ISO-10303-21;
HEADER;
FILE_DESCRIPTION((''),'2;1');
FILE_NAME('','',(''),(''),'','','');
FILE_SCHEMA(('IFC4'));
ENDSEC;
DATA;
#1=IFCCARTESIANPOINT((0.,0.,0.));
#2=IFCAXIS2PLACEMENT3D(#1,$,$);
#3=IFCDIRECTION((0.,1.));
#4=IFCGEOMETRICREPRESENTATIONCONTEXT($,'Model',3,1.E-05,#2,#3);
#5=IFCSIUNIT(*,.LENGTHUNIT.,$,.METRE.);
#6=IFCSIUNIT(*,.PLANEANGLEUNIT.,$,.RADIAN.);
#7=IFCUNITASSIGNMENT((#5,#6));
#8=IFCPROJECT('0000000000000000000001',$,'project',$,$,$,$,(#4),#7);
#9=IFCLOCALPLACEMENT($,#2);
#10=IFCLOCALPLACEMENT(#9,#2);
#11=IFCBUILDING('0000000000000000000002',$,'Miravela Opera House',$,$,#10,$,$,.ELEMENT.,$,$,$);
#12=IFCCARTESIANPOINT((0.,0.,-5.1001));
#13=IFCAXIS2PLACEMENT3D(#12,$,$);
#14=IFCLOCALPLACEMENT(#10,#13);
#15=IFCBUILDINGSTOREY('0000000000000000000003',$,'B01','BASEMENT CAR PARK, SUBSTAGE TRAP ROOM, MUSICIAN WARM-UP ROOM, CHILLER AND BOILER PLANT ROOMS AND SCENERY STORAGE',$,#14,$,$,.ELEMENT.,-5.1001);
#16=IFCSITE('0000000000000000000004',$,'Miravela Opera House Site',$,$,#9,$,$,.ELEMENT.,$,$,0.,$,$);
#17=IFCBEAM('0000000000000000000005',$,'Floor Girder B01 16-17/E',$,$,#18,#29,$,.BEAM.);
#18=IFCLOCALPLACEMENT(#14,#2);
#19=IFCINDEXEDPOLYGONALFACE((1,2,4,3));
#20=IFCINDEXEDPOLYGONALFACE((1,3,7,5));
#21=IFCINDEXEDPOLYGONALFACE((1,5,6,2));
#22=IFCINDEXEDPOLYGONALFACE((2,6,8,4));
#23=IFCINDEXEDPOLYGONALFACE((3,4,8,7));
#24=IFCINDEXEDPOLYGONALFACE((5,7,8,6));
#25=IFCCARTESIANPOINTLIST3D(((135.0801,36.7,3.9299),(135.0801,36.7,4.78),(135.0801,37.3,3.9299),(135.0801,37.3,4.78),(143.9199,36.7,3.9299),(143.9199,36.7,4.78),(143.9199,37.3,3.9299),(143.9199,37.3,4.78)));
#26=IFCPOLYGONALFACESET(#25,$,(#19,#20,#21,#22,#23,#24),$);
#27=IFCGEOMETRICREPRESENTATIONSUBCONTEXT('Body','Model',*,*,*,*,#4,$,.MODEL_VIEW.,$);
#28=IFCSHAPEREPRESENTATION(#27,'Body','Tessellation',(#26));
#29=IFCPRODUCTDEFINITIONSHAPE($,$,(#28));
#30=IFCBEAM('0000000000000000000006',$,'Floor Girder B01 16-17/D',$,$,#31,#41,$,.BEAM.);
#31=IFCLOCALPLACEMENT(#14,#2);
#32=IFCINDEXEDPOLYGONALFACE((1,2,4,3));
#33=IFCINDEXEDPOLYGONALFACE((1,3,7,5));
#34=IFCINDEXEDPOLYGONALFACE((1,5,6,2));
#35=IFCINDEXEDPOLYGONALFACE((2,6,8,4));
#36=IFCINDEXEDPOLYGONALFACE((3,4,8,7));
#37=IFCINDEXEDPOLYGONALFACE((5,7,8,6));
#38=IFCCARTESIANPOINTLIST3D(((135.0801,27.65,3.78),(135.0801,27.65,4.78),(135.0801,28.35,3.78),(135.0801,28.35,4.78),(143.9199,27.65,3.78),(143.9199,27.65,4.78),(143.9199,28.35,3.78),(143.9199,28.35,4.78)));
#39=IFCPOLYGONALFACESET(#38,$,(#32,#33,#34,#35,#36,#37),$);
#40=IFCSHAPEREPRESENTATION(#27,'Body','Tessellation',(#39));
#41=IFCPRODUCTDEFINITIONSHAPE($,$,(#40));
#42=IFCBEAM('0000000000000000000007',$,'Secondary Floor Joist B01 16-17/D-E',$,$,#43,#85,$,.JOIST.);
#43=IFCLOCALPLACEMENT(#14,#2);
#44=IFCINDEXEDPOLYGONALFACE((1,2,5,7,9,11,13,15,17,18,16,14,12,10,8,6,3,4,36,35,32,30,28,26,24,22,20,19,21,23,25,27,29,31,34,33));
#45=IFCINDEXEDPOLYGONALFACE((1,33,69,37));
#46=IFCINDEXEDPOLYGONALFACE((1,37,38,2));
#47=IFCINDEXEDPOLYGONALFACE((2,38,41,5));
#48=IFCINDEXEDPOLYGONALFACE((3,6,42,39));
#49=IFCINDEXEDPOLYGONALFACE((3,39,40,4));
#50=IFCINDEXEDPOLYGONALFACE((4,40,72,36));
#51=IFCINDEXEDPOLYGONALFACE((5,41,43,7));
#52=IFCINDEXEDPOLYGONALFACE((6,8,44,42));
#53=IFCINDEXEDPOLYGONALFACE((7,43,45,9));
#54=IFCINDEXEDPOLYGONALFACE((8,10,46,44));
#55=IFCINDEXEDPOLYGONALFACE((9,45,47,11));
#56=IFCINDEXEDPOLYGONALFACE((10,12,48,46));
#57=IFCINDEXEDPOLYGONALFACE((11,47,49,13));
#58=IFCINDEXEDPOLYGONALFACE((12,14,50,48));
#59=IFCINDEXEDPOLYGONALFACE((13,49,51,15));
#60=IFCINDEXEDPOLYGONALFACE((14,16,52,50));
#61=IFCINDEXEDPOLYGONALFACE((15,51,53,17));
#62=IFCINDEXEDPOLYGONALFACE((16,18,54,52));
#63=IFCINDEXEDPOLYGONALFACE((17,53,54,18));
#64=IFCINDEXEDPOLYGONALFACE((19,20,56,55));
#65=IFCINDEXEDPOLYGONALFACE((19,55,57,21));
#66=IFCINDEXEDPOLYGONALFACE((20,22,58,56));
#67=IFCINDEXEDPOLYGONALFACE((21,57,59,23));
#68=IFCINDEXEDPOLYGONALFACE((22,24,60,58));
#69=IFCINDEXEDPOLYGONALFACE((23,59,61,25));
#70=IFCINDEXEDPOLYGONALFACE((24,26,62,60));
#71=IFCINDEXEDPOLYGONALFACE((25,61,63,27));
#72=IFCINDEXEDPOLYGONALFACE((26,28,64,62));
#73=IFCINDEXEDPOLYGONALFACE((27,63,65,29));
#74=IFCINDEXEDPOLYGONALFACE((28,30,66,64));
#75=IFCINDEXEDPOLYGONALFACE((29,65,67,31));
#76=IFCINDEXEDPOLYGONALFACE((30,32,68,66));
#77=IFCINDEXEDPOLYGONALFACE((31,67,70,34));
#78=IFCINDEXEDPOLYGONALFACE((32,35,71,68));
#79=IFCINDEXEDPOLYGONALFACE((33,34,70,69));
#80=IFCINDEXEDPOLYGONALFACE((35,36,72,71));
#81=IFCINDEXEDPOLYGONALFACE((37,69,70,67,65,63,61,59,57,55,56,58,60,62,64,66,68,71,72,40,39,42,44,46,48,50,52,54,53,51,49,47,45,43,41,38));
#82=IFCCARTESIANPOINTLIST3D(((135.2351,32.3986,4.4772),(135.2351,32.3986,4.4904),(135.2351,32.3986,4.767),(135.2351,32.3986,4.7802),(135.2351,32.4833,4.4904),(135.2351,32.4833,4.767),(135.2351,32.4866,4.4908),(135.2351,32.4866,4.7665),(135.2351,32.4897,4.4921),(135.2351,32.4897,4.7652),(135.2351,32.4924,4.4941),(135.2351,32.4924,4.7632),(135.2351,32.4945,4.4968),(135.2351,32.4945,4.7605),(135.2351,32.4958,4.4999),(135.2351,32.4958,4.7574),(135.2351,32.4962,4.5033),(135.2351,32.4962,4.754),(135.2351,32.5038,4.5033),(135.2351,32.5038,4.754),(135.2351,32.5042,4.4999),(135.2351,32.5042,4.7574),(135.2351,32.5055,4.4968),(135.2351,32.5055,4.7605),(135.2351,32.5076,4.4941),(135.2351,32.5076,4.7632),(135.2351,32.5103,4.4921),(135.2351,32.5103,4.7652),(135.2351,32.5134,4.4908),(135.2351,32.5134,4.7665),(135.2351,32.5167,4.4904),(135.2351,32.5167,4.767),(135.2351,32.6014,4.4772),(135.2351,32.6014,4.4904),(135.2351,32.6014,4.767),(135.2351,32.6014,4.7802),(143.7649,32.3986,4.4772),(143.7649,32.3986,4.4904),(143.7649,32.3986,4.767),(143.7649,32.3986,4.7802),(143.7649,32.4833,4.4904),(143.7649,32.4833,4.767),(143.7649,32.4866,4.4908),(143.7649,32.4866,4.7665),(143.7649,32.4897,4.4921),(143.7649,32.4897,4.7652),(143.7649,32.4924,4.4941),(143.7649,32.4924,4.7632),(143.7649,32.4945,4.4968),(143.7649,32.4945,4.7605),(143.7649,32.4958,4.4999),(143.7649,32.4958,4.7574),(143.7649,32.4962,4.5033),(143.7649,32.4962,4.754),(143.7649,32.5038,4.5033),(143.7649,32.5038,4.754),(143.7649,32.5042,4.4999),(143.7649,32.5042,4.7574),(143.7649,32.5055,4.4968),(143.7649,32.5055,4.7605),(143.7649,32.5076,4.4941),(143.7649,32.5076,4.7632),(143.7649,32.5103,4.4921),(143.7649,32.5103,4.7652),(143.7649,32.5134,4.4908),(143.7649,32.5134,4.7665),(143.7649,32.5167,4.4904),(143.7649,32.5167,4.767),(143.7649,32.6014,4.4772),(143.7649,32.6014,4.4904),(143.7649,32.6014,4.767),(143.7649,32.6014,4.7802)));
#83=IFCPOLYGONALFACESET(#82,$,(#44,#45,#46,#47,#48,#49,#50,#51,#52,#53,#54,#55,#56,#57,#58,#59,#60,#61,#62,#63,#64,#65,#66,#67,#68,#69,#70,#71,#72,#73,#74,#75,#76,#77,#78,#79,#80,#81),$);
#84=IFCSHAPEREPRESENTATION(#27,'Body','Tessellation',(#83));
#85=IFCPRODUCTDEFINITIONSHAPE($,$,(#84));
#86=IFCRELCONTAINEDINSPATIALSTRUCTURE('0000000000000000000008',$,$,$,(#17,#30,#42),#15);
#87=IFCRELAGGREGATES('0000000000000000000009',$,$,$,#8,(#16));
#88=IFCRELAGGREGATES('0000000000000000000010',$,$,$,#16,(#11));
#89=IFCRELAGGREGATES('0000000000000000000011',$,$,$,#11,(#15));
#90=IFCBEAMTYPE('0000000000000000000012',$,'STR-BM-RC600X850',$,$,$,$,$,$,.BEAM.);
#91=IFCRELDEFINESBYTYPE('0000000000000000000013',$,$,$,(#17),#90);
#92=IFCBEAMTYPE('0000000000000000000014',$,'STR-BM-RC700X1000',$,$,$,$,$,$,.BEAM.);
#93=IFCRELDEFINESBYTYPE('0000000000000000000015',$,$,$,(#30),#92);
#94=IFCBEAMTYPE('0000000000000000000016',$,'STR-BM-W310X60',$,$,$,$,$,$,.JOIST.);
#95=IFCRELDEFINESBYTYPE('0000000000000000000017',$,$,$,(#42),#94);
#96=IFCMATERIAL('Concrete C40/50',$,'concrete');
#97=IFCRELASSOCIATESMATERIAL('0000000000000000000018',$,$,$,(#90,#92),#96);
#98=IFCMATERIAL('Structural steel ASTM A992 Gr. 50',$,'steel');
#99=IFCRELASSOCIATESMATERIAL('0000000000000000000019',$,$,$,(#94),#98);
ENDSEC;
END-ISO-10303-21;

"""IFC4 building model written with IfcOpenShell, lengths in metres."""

from ifc_helpers import new_model, si_unit, direction, frame, origin, origin_2d, place, context, subcontext, project, spatial, rectangle, i_section, extrude, material, material_profile, profile_set, type_object, element, save


model = new_model("IFC4")

# Units and contexts
model_context = context("Model", 3, precision=1e-05, world=origin(), true_north=direction((0.0, 1.0)))
body_context = subcontext(model_context, "Body", "Model", "MODEL_VIEW")
ifc_project = project(units=[si_unit("LENGTHUNIT", "METRE"), si_unit("PLANEANGLEUNIT", "RADIAN")], contexts=[model_context])

# Site, building, storey
site_placement = place(None, origin())
site = spatial("IfcSite", under=ifc_project, at=site_placement, Name="Miravela Opera House Site", CompositionType="ELEMENT", RefElevation=0.0)
building_placement = place(site_placement, origin())
building = spatial("IfcBuilding", under=site, at=building_placement, Name="Miravela Opera House", CompositionType="ELEMENT")
storey_placement = place(building_placement, frame((0.0, 0.0, -5.1001)))
storey = spatial("IfcBuildingStorey", under=building, at=storey_placement, Name="B01", Description="BASEMENT CAR PARK, SUBSTAGE TRAP ROOM, MUSICIAN WARM-UP ROOM, CHILLER AND BOILER PLANT ROOMS AND SCENERY STORAGE", CompositionType="ELEMENT", Elevation=-5.1001)

# Shared definitions
ifc_material_1 = material(Name="Concrete C40/50", Category="concrete")

# Beams
ifc_material_profile_1 = material_profile(ifc_material_1, rectangle(XDim=0.6001, YDim=0.8501, at=origin_2d()), Name="RC-BM-600X850")
ifc_profile_set_1 = profile_set([ifc_material_profile_1])
beam_type_1 = type_object("IfcBeamType", Name="STR-BM-RC600X850", PredefinedType="BEAM", material=ifc_profile_set_1)
beam_1_placement = place(storey_placement, frame((135.0801, 37.0, 4.355), z_axis=(1.0, 0.0, 0.0), x_axis=(0.0, 1.0, 0.0)))
element("IfcBeam", 1, at=beam_1_placement, inside=storey, type_object=beam_type_1, Name="Floor Girder B01 16-17/E", PredefinedType="BEAM", context=body_context, shape_type="SweptSolid", body=[
    extrude(rectangle(XDim=0.6001, YDim=0.8501, at=origin_2d()), origin(), (0.0, 0.0, 1.0), 8.8398),
])
ifc_material_profile_2 = material_profile(ifc_material_1, rectangle(XDim=0.7, YDim=1.0, at=origin_2d()), Name="RC-BM-700X1000")
ifc_profile_set_2 = profile_set([ifc_material_profile_2])
beam_type_2 = type_object("IfcBeamType", Name="STR-BM-RC700X1000", PredefinedType="BEAM", material=ifc_profile_set_2)
beam_2_placement = place(storey_placement, frame((135.0801, 28.0, 4.28), z_axis=(1.0, 0.0, 0.0), x_axis=(0.0, 1.0, 0.0)))
element("IfcBeam", 2, at=beam_2_placement, inside=storey, type_object=beam_type_2, Name="Floor Girder B01 16-17/D", PredefinedType="BEAM", context=body_context, shape_type="SweptSolid", body=[
    extrude(rectangle(XDim=0.7, YDim=1.0, at=origin_2d()), origin(), (0.0, 0.0, 1.0), 8.8398),
])
ifc_material_2 = material(Name="Structural steel ASTM A992 Gr. 50", Category="steel")
ifc_material_profile_3 = material_profile(ifc_material_2, i_section(OverallWidth=0.2029, OverallDepth=0.303, WebThickness=0.0076, FlangeThickness=0.0132, FilletRadius=0.0129, at=origin_2d()), Name="W310X60")
ifc_profile_set_3 = profile_set([ifc_material_profile_3])
beam_type_3 = type_object("IfcBeamType", Name="STR-BM-W310X60", PredefinedType="JOIST", material=ifc_profile_set_3)
beam_3_placement = place(storey_placement, frame((135.2351, 32.5, 4.6287), z_axis=(1.0, 0.0, 0.0), x_axis=(0.0, 1.0, 0.0)))
element("IfcBeam", 3, at=beam_3_placement, inside=storey, type_object=beam_type_3, Name="Secondary Floor Joist B01 16-17/D-E", PredefinedType="JOIST", context=body_context, shape_type="SweptSolid", body=[
    extrude(i_section(OverallWidth=0.2029, OverallDepth=0.303, WebThickness=0.0076, FlangeThickness=0.0132, FilletRadius=0.0129, at=origin_2d()), origin(), (0.0, 0.0, 1.0), 8.5298),
])

save(model, "model.ifc")
